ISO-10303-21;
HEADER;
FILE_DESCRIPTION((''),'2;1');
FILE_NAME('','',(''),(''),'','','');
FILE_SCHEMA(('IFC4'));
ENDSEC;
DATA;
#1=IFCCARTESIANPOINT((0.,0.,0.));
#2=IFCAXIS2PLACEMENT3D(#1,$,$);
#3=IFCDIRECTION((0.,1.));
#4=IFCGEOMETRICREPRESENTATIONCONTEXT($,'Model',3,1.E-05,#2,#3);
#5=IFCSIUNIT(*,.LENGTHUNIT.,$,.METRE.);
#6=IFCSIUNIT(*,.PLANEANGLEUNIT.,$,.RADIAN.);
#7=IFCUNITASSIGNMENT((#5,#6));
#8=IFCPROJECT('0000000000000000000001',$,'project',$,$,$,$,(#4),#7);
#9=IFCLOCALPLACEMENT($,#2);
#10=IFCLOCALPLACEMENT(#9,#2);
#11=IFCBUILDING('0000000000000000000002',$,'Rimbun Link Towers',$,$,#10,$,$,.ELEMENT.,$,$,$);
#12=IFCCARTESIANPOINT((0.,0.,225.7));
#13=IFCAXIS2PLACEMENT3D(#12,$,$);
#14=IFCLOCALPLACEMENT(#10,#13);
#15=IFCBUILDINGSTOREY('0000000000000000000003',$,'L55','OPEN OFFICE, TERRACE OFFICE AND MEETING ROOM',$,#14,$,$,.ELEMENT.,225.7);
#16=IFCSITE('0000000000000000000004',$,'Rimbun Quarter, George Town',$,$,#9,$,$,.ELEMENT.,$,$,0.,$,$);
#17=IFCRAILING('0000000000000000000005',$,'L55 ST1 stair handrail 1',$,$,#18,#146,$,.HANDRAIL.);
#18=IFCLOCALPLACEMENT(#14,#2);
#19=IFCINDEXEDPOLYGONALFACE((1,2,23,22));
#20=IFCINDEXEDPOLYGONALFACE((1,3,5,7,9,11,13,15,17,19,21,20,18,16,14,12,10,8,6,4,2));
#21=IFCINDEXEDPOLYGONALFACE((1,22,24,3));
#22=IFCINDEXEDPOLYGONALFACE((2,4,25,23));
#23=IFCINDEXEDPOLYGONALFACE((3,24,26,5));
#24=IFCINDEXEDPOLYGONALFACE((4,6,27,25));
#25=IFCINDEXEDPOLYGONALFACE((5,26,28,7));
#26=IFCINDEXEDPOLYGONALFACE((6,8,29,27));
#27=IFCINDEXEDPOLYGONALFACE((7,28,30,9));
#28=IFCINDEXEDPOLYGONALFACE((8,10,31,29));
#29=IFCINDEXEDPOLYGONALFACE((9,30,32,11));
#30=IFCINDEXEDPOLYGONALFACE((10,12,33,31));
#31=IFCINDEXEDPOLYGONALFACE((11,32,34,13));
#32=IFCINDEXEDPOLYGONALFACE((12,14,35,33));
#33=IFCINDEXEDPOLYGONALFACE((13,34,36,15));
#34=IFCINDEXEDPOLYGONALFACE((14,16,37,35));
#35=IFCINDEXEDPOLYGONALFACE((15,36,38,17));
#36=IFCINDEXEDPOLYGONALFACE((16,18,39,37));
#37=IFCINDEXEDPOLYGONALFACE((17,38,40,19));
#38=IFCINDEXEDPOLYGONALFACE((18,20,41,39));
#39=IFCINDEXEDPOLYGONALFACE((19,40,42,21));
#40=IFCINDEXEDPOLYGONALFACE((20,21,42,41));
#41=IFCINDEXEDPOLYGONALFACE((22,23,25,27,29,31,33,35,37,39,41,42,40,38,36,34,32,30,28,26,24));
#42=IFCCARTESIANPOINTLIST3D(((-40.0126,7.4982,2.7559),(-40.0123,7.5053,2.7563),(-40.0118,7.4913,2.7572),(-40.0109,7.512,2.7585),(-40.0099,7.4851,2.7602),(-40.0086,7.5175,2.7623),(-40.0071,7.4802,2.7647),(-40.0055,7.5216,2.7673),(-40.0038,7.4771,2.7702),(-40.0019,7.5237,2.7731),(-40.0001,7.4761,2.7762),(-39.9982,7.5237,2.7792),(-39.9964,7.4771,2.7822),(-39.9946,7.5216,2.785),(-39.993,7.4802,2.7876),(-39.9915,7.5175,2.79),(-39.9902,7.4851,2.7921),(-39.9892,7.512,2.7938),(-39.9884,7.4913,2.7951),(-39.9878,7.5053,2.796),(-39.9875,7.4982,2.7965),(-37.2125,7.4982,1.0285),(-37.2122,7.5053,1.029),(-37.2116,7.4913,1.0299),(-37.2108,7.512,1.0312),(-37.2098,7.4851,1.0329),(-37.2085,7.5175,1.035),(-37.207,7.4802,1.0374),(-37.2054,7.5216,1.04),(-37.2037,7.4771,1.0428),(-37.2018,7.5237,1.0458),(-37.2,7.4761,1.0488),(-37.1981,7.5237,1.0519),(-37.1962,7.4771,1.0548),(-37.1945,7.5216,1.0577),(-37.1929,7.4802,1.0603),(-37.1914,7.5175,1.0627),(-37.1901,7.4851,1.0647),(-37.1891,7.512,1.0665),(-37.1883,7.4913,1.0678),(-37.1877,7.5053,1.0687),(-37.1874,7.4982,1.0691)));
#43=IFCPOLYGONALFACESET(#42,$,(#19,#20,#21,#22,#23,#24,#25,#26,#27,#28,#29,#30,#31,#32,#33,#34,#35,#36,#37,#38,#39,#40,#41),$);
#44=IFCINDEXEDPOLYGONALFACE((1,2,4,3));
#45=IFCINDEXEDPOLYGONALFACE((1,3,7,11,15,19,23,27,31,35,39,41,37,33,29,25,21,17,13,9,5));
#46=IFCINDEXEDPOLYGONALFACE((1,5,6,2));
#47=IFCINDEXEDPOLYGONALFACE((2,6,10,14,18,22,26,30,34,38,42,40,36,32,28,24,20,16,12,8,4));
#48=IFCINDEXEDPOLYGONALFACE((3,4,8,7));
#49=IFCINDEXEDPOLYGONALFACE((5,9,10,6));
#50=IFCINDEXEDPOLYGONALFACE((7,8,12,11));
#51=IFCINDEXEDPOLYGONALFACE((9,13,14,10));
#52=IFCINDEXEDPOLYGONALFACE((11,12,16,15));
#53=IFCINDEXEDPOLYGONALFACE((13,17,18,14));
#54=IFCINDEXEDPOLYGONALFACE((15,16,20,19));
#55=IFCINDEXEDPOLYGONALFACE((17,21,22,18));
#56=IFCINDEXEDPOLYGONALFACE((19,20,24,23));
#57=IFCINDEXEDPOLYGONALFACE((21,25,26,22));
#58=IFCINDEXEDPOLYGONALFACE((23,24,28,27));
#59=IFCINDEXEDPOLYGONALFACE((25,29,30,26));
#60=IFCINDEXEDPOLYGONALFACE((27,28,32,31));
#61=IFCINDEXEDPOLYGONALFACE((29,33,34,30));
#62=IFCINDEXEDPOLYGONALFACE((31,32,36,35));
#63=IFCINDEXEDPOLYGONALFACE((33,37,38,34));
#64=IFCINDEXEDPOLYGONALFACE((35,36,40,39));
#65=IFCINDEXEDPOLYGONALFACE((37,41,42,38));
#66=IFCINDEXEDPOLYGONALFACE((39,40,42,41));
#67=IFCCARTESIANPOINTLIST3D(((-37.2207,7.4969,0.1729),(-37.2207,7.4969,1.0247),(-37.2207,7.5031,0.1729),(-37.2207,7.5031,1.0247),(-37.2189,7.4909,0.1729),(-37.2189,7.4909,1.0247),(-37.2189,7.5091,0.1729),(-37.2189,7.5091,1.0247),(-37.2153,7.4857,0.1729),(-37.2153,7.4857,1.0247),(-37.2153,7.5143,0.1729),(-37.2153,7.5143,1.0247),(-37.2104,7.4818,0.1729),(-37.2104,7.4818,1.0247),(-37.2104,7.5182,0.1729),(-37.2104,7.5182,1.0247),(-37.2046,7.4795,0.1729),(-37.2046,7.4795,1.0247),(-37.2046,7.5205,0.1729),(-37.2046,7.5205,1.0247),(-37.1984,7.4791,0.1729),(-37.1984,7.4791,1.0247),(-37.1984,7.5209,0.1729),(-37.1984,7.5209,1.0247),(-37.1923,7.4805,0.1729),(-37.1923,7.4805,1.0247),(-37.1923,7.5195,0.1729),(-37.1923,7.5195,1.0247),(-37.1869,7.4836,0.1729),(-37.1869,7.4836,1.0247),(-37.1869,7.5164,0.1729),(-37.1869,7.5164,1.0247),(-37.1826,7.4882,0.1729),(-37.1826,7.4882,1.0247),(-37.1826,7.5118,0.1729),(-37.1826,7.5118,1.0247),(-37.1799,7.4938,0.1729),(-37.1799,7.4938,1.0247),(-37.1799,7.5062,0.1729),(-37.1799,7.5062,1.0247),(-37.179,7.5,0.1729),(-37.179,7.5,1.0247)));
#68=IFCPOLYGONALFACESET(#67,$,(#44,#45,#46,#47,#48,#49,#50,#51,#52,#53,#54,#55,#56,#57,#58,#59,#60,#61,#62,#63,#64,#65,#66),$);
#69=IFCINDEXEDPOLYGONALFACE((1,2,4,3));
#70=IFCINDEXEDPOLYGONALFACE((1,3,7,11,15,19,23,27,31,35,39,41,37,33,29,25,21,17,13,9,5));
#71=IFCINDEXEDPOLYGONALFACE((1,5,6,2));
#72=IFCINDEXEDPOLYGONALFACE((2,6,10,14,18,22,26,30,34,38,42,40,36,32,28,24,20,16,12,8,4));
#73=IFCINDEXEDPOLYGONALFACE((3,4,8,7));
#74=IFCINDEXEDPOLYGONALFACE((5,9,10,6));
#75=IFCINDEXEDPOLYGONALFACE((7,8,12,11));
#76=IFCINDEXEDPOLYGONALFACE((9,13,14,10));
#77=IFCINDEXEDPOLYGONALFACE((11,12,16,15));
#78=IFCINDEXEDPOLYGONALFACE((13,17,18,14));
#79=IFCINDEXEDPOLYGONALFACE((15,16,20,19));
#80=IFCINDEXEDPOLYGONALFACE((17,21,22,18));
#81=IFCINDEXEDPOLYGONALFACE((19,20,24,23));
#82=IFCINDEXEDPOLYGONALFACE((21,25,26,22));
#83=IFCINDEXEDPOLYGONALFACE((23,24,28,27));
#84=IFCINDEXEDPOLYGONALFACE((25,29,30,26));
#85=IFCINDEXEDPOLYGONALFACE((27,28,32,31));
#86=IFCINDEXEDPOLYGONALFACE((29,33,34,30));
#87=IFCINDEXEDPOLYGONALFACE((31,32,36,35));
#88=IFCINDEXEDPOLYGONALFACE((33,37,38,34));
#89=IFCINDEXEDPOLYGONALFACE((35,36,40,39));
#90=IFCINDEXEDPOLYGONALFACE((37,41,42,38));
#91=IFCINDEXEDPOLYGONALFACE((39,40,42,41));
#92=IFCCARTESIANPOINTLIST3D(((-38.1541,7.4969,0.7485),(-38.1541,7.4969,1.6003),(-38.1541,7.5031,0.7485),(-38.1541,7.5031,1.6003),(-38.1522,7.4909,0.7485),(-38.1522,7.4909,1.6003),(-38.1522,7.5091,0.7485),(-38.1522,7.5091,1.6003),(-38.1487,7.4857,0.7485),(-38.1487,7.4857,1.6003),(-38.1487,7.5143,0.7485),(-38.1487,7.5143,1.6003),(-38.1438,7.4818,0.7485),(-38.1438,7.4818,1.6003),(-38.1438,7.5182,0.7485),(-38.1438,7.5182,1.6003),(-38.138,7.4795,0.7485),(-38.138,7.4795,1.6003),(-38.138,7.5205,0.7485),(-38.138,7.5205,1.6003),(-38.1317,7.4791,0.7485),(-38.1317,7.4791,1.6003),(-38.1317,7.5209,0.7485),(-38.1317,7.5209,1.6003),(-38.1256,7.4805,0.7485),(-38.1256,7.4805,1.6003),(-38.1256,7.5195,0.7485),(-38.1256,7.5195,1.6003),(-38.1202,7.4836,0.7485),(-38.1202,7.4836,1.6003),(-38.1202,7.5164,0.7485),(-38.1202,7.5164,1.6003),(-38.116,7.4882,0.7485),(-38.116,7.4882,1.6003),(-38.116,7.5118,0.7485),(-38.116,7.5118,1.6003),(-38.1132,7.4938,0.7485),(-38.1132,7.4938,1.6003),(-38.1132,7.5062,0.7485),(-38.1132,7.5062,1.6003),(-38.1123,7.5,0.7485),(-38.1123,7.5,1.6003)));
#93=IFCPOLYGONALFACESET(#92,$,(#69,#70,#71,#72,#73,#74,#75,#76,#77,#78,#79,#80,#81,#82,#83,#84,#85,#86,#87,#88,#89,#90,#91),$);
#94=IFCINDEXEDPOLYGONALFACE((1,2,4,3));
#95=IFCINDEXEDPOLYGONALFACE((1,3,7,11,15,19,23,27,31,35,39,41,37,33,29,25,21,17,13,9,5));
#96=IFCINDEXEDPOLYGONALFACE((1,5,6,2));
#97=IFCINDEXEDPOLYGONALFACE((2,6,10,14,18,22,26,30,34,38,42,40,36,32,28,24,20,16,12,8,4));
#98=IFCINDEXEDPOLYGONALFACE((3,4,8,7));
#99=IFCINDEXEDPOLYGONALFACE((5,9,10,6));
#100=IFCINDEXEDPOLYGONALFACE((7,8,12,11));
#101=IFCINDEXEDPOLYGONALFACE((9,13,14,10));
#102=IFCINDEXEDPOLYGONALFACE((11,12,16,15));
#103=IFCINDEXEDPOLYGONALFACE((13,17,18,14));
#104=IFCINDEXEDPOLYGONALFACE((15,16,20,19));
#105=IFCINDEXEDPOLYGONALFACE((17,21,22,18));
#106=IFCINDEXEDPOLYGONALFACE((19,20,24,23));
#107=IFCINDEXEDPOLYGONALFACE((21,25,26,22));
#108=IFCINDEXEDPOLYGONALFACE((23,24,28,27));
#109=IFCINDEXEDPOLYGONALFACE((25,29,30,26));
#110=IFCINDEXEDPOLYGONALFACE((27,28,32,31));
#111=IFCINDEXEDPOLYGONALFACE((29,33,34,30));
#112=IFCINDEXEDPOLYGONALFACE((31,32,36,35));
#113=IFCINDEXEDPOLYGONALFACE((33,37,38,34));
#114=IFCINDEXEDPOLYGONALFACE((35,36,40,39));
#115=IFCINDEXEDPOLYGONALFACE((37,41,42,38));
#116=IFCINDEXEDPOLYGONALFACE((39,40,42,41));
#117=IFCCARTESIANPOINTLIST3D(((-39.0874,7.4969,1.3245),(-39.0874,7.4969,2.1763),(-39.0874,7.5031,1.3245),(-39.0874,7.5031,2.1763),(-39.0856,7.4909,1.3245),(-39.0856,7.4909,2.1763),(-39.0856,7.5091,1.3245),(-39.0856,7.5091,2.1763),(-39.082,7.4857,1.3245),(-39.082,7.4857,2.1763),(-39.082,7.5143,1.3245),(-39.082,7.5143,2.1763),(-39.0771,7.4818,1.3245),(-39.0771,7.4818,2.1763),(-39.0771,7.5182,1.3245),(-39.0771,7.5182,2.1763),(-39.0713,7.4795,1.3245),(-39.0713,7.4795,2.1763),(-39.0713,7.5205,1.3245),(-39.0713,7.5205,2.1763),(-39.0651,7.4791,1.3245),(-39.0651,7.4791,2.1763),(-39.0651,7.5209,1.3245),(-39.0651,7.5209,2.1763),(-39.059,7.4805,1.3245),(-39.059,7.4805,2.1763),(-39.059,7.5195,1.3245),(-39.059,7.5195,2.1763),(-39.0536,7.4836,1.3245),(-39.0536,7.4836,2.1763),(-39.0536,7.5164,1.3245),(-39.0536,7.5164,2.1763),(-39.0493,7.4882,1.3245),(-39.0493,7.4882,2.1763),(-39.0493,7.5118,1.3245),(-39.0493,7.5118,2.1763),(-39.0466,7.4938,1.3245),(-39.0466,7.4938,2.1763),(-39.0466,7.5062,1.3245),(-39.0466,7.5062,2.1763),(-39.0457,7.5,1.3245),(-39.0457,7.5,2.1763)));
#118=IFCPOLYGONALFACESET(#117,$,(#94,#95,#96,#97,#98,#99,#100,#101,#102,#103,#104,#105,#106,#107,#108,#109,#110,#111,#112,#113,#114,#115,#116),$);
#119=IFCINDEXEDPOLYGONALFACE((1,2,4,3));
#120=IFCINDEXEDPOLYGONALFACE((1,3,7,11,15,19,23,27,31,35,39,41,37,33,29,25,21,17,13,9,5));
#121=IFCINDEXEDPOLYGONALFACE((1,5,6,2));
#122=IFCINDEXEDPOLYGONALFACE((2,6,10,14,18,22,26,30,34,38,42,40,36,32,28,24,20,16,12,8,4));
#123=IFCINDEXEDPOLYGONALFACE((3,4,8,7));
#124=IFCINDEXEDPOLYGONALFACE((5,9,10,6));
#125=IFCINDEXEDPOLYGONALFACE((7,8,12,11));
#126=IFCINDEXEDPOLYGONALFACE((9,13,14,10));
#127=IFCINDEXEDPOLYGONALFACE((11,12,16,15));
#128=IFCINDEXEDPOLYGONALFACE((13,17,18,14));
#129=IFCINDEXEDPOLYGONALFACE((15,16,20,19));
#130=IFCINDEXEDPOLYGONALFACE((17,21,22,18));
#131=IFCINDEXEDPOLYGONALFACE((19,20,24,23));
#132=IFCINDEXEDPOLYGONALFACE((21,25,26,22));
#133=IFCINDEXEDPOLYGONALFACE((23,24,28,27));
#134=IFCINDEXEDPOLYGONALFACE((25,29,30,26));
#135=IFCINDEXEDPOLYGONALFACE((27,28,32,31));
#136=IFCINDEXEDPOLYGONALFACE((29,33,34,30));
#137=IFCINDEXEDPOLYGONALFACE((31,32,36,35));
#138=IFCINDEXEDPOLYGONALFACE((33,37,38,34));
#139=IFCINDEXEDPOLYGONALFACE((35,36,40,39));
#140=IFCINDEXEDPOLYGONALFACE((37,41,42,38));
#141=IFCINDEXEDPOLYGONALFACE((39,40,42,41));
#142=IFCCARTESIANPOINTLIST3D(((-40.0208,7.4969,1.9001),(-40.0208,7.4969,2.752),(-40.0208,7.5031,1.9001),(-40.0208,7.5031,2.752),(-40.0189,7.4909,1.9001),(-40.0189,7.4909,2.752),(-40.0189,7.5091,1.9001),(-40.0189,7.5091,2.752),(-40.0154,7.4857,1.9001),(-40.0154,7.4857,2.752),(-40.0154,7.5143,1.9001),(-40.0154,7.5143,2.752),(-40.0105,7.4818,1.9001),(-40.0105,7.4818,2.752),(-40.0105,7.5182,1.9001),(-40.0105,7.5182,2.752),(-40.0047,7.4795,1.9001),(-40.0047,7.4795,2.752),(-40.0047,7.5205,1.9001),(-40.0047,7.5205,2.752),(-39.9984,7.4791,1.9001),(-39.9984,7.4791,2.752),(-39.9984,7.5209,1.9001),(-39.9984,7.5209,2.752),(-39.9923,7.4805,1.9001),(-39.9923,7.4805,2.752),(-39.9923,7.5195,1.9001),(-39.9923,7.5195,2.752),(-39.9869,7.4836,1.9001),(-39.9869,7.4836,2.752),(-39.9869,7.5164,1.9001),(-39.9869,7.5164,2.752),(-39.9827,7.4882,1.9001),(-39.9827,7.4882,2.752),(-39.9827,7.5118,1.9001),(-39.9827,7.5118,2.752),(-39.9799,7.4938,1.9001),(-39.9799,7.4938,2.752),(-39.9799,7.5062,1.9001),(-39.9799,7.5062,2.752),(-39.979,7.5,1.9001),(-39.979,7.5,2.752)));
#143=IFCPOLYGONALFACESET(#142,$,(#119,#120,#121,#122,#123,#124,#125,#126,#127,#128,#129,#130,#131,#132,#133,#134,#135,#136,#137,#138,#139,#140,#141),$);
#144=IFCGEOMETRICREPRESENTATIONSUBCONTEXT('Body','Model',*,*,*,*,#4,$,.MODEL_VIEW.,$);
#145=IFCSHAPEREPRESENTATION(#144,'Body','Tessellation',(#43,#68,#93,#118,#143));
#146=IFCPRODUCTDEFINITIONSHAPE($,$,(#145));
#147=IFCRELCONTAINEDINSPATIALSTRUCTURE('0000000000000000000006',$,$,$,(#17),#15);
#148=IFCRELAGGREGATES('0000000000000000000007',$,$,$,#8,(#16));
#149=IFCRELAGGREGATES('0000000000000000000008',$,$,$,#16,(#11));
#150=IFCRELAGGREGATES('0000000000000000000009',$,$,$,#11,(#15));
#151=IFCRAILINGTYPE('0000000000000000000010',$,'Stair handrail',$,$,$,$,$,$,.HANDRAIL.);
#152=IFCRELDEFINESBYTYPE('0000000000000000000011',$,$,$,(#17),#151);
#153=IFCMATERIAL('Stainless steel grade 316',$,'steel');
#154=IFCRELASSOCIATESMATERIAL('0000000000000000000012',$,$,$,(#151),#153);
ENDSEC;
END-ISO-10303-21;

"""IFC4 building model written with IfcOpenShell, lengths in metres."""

from ifc_helpers import new_model, si_unit, direction, frame, origin, origin_2d, place, context, subcontext, project, spatial, circle, extrude, material, type_object, element, save


model = new_model("IFC4")

# Units and contexts
model_context = context("Model", 3, precision=1e-05, world=origin(), true_north=direction((0.0, 1.0)))
body_context = subcontext(model_context, "Body", "Model", "MODEL_VIEW")
ifc_project = project(units=[si_unit("LENGTHUNIT", "METRE"), si_unit("PLANEANGLEUNIT", "RADIAN")], contexts=[model_context])

# Site, building, storey
site_placement = place(None, origin())
site = spatial("IfcSite", under=ifc_project, at=site_placement, Name="Rimbun Quarter, George Town", CompositionType="ELEMENT", RefElevation=0.0)
building_placement = place(site_placement, origin())
building = spatial("IfcBuilding", under=site, at=building_placement, Name="Rimbun Link Towers", CompositionType="ELEMENT")
storey_placement = place(building_placement, frame((0.0, 0.0, 225.7)))
storey = spatial("IfcBuildingStorey", under=building, at=storey_placement, Name="L55", Description="OPEN OFFICE, TERRACE OFFICE AND MEETING ROOM", CompositionType="ELEMENT", Elevation=225.7)

# Railing
ifc_material_1 = material(Name="Stainless steel grade 316", Category="steel")
railing_type_1 = type_object("IfcRailingType", Name="Stair handrail", PredefinedType="HANDRAIL", material=ifc_material_1)
railing_1_placement = place(storey_placement, frame((-37.2, 7.5, 0.1729)))
element("IfcRailing", 1, at=railing_1_placement, inside=storey, type_object=railing_type_1, Name="L55 ST1 stair handrail 1", PredefinedType="HANDRAIL", context=body_context, shape_type="SweptSolid", body=[
    extrude(circle(Radius=0.0239, at=origin_2d()), frame((0.0, 0.0, 0.876), z_axis=(-0.85109, 0.0, 0.52502), x_axis=(0.0, -1.0, 0.0)), (0.0, 0.0, 1.0), 3.29),
    extrude(circle(Radius=0.021, at=origin_2d()), origin(), (0.0, 0.0, 1.0), 0.8518),
    extrude(circle(Radius=0.021, at=origin_2d()), frame((-0.9333, 0.0, 0.5757)), (0.0, 0.0, 1.0), 0.8518),
    extrude(circle(Radius=0.021, at=origin_2d()), frame((-1.8667, 0.0, 1.1516)), (0.0, 0.0, 1.0), 0.8518),
    extrude(circle(Radius=0.021, at=origin_2d()), frame((-2.8, 0.0, 1.7273)), (0.0, 0.0, 1.0), 0.8518),
])

save(model, "model.ifc")
